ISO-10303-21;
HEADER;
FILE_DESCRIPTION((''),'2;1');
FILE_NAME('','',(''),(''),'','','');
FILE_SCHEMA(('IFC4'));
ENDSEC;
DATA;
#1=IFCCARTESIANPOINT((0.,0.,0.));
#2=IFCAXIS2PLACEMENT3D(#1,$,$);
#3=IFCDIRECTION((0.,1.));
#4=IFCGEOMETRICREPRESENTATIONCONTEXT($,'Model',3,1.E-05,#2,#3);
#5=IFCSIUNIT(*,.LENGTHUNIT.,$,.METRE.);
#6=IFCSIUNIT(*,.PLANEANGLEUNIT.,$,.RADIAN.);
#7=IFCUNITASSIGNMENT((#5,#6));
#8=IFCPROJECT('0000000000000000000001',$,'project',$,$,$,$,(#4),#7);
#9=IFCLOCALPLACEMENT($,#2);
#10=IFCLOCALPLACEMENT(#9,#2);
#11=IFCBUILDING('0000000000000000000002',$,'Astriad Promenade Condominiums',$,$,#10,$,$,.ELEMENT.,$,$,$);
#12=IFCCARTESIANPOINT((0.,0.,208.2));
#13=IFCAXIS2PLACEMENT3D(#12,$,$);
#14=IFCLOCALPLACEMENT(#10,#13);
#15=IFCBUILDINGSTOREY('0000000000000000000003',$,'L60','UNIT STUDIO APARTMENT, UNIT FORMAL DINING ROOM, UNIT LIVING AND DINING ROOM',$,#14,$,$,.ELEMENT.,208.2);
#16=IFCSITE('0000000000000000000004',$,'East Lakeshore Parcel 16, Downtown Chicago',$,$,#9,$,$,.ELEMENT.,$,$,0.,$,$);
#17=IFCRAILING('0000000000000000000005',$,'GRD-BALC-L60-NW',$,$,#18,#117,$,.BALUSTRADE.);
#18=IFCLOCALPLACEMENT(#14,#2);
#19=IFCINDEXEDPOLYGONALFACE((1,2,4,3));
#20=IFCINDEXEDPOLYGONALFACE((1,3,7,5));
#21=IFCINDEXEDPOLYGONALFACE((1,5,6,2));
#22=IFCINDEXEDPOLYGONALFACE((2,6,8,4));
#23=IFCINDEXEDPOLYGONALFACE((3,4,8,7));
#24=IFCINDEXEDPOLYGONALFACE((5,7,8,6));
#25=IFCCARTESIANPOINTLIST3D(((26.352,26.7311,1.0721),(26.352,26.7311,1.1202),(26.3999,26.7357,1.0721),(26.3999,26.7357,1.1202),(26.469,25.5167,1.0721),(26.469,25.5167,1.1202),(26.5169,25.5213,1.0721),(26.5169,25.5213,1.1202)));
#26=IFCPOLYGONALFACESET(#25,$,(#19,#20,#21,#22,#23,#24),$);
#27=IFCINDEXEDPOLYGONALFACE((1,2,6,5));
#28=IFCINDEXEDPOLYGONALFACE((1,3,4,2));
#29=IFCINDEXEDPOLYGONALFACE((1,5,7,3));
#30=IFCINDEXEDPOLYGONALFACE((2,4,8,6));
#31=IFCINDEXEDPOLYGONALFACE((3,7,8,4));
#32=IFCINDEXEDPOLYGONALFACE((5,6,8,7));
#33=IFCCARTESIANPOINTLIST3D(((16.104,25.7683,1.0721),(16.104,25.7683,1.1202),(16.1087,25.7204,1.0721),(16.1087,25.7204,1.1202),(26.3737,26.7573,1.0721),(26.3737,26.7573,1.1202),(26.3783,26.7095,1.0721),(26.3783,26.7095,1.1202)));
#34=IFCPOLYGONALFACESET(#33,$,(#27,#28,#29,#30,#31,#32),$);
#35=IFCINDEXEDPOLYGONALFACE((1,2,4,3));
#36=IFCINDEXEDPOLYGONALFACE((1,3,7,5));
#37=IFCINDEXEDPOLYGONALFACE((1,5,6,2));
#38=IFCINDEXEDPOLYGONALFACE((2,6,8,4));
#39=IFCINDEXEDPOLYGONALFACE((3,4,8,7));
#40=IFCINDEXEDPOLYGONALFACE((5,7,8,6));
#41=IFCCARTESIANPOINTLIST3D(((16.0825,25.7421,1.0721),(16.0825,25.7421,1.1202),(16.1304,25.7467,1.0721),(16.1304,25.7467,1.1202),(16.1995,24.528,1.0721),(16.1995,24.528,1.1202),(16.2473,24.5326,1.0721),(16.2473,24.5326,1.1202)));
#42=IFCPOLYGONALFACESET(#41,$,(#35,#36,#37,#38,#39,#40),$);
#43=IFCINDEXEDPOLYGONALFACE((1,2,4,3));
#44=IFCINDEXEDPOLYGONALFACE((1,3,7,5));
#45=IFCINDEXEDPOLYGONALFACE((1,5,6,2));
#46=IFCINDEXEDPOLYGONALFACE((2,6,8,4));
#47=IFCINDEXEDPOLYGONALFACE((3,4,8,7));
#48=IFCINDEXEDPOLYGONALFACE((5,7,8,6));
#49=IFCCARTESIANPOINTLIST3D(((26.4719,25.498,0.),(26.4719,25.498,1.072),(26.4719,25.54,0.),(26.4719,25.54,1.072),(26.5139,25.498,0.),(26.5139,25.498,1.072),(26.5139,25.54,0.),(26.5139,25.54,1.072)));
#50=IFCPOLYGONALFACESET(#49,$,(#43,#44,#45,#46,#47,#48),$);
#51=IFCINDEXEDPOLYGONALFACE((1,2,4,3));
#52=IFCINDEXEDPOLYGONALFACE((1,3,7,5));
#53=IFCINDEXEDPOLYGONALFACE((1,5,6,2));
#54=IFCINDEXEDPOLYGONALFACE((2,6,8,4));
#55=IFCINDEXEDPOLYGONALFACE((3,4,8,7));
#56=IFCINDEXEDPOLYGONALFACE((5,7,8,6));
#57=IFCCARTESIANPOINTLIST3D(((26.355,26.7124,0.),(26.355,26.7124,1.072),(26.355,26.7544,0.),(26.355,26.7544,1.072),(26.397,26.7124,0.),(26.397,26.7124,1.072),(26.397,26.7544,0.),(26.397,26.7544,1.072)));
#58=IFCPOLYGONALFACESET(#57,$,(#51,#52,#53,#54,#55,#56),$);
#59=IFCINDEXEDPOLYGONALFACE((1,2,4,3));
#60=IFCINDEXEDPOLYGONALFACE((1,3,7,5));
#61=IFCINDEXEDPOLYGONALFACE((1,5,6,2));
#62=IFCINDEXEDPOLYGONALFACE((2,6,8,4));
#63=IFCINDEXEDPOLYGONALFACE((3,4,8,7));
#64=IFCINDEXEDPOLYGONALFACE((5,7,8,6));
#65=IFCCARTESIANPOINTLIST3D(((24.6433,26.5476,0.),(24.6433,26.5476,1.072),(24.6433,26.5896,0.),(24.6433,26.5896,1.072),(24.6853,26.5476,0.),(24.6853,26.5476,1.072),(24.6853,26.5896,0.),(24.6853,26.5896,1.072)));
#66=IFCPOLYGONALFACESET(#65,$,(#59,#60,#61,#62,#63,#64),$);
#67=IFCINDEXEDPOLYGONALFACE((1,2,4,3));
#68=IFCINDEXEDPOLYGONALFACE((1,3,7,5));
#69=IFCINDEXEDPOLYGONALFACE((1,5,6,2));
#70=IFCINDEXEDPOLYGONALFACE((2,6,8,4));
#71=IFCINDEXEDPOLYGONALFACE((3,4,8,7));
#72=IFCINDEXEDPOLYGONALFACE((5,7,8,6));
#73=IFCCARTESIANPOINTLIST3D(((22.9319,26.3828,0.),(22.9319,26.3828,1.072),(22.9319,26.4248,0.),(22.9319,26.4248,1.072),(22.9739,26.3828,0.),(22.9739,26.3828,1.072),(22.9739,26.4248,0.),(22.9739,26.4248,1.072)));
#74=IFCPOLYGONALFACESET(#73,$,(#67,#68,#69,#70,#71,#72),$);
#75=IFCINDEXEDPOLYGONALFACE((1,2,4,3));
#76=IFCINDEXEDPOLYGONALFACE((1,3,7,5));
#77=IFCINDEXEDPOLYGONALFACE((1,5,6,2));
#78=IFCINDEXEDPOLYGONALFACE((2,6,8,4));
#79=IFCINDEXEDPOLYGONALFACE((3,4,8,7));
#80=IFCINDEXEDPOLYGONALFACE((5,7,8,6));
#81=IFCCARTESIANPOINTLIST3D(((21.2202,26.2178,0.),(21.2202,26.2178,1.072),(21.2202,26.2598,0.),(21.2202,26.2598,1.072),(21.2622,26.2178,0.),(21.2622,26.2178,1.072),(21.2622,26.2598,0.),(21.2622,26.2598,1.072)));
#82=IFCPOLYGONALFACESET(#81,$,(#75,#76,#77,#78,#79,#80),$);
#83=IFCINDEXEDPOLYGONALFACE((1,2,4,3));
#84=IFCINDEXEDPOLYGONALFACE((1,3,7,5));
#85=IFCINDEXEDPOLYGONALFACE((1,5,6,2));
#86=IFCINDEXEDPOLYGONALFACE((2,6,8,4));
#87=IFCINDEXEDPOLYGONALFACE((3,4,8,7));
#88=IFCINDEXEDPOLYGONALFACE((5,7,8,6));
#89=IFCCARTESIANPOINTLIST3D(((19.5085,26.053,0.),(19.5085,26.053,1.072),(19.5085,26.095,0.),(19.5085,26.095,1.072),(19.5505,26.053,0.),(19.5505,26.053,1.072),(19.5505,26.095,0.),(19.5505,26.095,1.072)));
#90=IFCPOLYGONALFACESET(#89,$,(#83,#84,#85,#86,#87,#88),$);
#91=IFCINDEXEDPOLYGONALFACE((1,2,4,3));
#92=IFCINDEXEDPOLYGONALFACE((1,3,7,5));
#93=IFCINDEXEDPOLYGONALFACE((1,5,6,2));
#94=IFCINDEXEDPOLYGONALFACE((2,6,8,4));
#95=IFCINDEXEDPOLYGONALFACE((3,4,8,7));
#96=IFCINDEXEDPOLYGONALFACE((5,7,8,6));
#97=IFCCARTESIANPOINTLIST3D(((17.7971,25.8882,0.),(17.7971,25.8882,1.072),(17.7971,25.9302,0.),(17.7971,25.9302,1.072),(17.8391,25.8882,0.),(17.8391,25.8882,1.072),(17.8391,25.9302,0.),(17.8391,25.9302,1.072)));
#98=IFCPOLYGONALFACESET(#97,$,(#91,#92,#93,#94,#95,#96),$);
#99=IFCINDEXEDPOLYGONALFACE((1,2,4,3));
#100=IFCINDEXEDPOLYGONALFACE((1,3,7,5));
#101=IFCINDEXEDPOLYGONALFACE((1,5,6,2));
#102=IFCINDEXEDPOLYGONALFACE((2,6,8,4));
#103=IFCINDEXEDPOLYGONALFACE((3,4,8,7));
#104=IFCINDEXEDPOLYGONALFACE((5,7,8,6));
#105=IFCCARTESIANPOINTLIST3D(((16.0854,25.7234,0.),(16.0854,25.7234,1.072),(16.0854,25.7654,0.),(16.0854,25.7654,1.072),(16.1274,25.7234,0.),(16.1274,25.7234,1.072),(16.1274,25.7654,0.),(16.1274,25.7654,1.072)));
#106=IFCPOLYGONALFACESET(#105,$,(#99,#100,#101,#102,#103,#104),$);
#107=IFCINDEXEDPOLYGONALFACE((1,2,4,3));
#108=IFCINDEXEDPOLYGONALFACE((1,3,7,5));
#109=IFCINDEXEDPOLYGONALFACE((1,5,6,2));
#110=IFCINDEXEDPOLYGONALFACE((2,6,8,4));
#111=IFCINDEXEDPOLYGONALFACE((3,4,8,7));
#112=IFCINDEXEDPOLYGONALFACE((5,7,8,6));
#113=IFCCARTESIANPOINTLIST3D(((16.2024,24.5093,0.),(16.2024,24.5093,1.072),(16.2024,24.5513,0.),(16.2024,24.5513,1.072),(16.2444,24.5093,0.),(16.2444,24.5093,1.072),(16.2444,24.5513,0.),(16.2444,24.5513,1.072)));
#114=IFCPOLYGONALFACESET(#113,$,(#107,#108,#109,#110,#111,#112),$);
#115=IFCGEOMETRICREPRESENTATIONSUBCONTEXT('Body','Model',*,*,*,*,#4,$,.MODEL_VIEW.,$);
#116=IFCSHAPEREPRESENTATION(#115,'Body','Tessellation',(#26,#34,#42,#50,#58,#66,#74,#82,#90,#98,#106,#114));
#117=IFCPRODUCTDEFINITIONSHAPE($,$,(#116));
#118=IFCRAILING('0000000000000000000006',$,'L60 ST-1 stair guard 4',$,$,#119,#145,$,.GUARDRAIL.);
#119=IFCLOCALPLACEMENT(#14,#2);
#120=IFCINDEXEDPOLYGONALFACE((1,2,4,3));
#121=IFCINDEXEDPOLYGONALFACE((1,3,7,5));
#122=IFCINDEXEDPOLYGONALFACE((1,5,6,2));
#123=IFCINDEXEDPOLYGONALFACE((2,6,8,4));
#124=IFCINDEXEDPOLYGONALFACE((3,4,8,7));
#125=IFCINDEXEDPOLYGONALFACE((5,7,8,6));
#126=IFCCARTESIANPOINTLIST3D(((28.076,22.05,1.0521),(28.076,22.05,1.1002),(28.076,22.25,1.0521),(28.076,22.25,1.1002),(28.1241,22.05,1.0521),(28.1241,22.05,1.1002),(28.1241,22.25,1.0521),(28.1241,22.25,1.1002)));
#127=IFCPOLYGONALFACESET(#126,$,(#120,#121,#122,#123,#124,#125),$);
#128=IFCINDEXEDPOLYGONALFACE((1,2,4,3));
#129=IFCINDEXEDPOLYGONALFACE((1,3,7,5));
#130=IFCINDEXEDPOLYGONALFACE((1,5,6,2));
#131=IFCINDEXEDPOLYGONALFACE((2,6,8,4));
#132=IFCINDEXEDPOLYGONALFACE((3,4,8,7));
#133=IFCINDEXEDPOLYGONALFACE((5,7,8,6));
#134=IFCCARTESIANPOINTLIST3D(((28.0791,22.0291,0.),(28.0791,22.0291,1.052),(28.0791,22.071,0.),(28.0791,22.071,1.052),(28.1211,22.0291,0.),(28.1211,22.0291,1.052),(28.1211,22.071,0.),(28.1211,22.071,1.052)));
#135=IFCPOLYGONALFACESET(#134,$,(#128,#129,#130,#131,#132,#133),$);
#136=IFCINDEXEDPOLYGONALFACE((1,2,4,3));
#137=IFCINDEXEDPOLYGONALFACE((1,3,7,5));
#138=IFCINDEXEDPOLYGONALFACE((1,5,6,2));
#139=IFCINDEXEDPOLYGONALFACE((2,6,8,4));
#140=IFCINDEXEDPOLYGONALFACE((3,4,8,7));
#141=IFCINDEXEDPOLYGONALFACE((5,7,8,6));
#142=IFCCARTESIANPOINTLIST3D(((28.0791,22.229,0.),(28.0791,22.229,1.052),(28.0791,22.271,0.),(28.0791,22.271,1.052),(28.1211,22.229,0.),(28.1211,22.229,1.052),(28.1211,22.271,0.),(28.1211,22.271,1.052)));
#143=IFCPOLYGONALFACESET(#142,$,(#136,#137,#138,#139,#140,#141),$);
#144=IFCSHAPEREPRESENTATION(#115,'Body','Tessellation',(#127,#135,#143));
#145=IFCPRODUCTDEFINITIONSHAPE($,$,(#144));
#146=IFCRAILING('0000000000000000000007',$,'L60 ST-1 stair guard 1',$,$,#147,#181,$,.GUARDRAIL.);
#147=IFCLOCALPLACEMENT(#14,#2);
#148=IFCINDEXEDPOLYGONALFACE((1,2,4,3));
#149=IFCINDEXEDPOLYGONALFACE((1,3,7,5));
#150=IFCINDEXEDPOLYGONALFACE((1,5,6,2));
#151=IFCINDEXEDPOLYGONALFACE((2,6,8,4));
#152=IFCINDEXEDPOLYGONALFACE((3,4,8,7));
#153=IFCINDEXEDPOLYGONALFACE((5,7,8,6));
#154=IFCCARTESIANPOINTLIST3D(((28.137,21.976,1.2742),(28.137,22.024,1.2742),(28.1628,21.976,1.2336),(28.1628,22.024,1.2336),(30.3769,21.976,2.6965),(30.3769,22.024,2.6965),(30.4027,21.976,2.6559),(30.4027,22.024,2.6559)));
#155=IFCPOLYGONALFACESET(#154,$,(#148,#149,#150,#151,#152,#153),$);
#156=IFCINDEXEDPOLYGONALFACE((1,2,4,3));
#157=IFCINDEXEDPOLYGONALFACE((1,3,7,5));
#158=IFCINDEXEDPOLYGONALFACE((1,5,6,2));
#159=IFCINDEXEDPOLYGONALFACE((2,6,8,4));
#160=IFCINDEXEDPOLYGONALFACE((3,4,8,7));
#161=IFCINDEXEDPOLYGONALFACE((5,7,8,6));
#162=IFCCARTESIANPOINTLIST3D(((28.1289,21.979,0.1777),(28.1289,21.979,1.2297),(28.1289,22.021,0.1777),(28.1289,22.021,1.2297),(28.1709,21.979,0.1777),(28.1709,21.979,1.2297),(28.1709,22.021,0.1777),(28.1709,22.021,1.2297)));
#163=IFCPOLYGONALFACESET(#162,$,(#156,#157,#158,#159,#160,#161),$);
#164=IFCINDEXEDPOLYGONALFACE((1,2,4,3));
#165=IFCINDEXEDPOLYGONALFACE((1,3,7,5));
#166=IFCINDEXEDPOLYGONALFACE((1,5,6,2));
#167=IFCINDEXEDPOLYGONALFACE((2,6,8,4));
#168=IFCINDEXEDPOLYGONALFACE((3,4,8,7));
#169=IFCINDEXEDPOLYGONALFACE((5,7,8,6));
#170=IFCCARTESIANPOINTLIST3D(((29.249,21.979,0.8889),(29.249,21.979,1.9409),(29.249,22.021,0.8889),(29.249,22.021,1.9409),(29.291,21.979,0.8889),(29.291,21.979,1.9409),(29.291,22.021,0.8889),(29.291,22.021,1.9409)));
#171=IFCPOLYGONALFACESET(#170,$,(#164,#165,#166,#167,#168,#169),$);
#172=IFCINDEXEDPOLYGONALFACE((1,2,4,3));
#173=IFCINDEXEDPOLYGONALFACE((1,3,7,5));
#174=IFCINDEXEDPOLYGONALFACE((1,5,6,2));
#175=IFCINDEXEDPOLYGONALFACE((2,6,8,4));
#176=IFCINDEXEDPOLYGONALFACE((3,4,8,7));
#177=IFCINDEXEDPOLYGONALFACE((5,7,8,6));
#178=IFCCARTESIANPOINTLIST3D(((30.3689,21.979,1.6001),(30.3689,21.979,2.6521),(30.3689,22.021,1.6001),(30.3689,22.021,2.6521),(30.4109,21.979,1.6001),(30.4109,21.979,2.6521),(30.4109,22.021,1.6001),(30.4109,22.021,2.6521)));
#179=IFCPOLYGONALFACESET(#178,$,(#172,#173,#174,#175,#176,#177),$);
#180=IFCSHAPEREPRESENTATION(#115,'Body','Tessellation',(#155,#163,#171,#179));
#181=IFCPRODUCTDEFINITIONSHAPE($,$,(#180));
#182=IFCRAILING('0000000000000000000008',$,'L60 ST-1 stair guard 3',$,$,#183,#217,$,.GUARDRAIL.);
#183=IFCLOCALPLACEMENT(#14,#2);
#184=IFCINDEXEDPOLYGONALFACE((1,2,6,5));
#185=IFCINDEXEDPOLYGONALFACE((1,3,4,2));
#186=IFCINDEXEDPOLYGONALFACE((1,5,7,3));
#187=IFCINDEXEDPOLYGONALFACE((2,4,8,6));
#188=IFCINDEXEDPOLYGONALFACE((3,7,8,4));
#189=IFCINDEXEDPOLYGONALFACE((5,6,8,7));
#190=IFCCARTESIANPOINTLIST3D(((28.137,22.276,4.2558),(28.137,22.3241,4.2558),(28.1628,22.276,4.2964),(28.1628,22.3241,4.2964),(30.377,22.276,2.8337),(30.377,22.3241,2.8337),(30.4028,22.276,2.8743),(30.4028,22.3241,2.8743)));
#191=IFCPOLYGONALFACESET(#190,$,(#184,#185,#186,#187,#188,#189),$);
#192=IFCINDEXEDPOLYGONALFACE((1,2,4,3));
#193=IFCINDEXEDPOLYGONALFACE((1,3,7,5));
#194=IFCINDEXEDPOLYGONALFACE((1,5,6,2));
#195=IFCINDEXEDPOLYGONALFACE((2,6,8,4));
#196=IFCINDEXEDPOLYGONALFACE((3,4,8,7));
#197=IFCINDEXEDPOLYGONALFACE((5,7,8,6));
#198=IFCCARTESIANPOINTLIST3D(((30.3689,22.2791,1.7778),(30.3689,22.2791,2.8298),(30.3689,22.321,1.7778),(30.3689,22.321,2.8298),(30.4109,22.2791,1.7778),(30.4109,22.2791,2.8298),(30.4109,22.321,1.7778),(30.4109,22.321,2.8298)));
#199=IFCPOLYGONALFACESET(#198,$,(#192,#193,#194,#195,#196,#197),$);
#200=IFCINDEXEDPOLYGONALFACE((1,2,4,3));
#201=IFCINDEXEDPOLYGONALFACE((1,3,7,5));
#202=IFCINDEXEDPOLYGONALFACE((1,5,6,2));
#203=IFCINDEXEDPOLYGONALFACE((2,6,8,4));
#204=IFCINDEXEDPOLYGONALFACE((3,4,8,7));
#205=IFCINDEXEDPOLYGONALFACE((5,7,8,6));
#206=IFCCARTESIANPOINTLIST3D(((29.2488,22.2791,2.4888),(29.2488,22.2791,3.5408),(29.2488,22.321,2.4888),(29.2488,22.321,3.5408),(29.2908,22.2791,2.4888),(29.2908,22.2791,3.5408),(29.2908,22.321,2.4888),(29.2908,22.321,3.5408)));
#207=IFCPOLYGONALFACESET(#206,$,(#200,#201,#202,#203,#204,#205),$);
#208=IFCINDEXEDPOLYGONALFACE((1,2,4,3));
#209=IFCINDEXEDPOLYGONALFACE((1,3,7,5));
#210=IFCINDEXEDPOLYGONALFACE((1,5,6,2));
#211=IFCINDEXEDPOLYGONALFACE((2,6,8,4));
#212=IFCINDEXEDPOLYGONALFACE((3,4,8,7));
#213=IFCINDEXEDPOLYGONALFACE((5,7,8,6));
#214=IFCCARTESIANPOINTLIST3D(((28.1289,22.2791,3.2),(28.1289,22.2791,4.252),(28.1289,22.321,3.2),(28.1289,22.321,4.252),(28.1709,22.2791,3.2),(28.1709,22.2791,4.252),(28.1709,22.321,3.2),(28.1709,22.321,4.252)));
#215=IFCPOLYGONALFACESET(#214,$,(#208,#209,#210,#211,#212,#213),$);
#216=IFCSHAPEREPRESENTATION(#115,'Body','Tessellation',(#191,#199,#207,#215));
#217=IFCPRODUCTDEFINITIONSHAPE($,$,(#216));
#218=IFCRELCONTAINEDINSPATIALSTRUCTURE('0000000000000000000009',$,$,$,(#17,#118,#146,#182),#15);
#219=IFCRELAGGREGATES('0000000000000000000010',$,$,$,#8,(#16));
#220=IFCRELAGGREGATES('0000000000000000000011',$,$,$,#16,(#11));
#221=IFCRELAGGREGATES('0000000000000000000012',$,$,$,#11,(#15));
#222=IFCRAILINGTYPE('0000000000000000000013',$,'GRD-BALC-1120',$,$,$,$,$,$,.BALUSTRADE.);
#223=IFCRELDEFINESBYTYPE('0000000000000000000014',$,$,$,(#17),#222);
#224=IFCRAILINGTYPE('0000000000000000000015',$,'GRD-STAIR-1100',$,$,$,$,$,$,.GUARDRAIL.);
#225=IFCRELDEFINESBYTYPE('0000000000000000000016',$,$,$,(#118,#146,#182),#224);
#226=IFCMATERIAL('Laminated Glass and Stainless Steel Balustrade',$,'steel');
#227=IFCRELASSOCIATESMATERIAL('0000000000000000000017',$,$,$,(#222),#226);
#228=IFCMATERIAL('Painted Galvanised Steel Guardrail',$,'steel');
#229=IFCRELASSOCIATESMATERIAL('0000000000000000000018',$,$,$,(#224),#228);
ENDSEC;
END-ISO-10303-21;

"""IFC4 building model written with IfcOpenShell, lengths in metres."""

from ifc_helpers import new_model, si_unit, direction, frame, origin, origin_2d, place, context, subcontext, project, spatial, rectangle, extrude, source, transform, mapped, material, type_object, type_shapes, element, save


model = new_model("IFC4")

# Units and contexts
model_context = context("Model", 3, precision=1e-05, world=origin(), true_north=direction((0.0, 1.0)))
body_context = subcontext(model_context, "Body", "Model", "MODEL_VIEW")
ifc_project = project(units=[si_unit("LENGTHUNIT", "METRE"), si_unit("PLANEANGLEUNIT", "RADIAN")], contexts=[model_context])

# Site, building, storey
site_placement = place(None, origin())
site = spatial("IfcSite", under=ifc_project, at=site_placement, Name="East Lakeshore Parcel 16, Downtown Chicago", CompositionType="ELEMENT", RefElevation=0.0)
building_placement = place(site_placement, origin())
building = spatial("IfcBuilding", under=site, at=building_placement, Name="Astriad Promenade Condominiums", CompositionType="ELEMENT")
storey_placement = place(building_placement, frame((0.0, 0.0, 208.2)))
storey = spatial("IfcBuildingStorey", under=building, at=storey_placement, Name="L60", Description="UNIT STUDIO APARTMENT, UNIT FORMAL DINING ROOM, UNIT LIVING AND DINING ROOM", CompositionType="ELEMENT", Elevation=208.2)

# Railings
ifc_material_1 = material(Name="Laminated Glass and Stainless Steel Balustrade", Category="steel")
railing_type_1 = type_object("IfcRailingType", Name="GRD-BALC-1120", PredefinedType="BALUSTRADE", material=ifc_material_1)
shared_shape_1 = source(origin(), body_context, "Body", "SweptSolid", [
    extrude(rectangle(XDim=0.0481, YDim=0.0481, at=origin_2d()), frame((0.0, 0.0, 1.0962), z_axis=(-0.095857, 0.995395, 0.0), x_axis=(-0.995395, -0.095857, 0.0)), (0.0, 0.0, 1.0), 1.22),
    extrude(rectangle(XDim=0.0481, YDim=0.0481, at=origin_2d()), frame((-0.1169, 1.2144, 1.0962), z_axis=(-0.995395, -0.095862, 0.0), x_axis=(0.095862, -0.995395, 0.0)), (0.0, 0.0, 1.0), 10.3171),
    extrude(rectangle(XDim=0.0481, YDim=0.0481, at=origin_2d()), frame((-10.3865, 0.2253, 1.0962), z_axis=(0.095876, -0.995393, 0.0), x_axis=(0.995393, 0.095876, 0.0)), (0.0, 0.0, 1.0), 1.2197),
    extrude(rectangle(XDim=0.042, YDim=0.042, at=origin_2d()), origin(), (0.0, 0.0, 1.0), 1.072),
    extrude(rectangle(XDim=0.042, YDim=0.042, at=origin_2d()), frame((-0.1169, 1.2144, 0.0)), (0.0, 0.0, 1.0), 1.072),
    extrude(rectangle(XDim=0.042, YDim=0.042, at=origin_2d()), frame((-1.8286, 1.0496, 0.0)), (0.0, 0.0, 1.0), 1.072),
    extrude(rectangle(XDim=0.042, YDim=0.042, at=origin_2d()), frame((-3.54, 0.8848, 0.0)), (0.0, 0.0, 1.0), 1.072),
    extrude(rectangle(XDim=0.042, YDim=0.042, at=origin_2d()), frame((-5.2517, 0.7197, 0.0)), (0.0, 0.0, 1.0), 1.072),
    extrude(rectangle(XDim=0.042, YDim=0.042, at=origin_2d()), frame((-6.9634, 0.5549, 0.0)), (0.0, 0.0, 1.0), 1.072),
    extrude(rectangle(XDim=0.042, YDim=0.042, at=origin_2d()), frame((-8.6748, 0.3901, 0.0)), (0.0, 0.0, 1.0), 1.072),
    extrude(rectangle(XDim=0.042, YDim=0.042, at=origin_2d()), frame((-10.3865, 0.2253, 0.0)), (0.0, 0.0, 1.0), 1.072),
    extrude(rectangle(XDim=0.042, YDim=0.042, at=origin_2d()), frame((-10.2695, -0.9888, 0.0)), (0.0, 0.0, 1.0), 1.072),
])
type_shapes(railing_type_1, [shared_shape_1])
railing_1_placement = place(storey_placement, frame((26.4929, 25.519, 0.0)))
element("IfcRailing", 1, at=railing_1_placement, inside=storey, type_object=railing_type_1, Name="GRD-BALC-L60-NW", PredefinedType="BALUSTRADE", context=body_context, shape_type="MappedRepresentation", body=[
    mapped(shared_shape_1, transform((0.0, 0.0, 0.0), scale=1.0)),
])
ifc_material_2 = material(Name="Painted Galvanised Steel Guardrail", Category="steel")
railing_type_2 = type_object("IfcRailingType", Name="GRD-STAIR-1100", PredefinedType="GUARDRAIL", material=ifc_material_2)
shared_shape_2 = source(origin(), body_context, "Body", "SweptSolid", [
    extrude(rectangle(XDim=0.0481, YDim=0.0481, at=origin_2d()), frame((0.0, 0.0, 1.0762), z_axis=(0.0, 1.0, 0.0), x_axis=(-1.0, 0.0, 0.0)), (0.0, 0.0, 1.0), 0.2),
    extrude(rectangle(XDim=0.042, YDim=0.042, at=origin_2d()), origin(), (0.0, 0.0, 1.0), 1.052),
    extrude(rectangle(XDim=0.042, YDim=0.042, at=origin_2d()), frame((0.0, 0.2, 0.0)), (0.0, 0.0, 1.0), 1.052),
])
railing_2_placement = place(storey_placement, frame((28.1001, 22.05, 0.0)))
element("IfcRailing", 2, at=railing_2_placement, inside=storey, type_object=railing_type_2, Name="L60 ST-1 stair guard 4", PredefinedType="GUARDRAIL", context=body_context, shape_type="MappedRepresentation", body=[
    mapped(shared_shape_2, transform((0.0, 0.0, 0.0), scale=1.0)),
])
shared_shape_3 = source(origin(), body_context, "Body", "SweptSolid", [
    extrude(rectangle(XDim=0.0481, YDim=0.0481, at=origin_2d()), frame((0.0, 0.0, 1.0762), z_axis=(0.844188, 0.0, 0.536048), x_axis=(0.0, 1.0, 0.0)), (0.0, 0.0, 1.0), 2.6533),
    extrude(rectangle(XDim=0.042, YDim=0.042, at=origin_2d()), origin(), (0.0, 0.0, 1.0), 1.052),
    extrude(rectangle(XDim=0.042, YDim=0.042, at=origin_2d()), frame((1.1201, 0.0, 0.7112)), (0.0, 0.0, 1.0), 1.052),
    extrude(rectangle(XDim=0.042, YDim=0.042, at=origin_2d()), frame((2.24, 0.0, 1.4224)), (0.0, 0.0, 1.0), 1.052),
])
railing_3_placement = place(storey_placement, frame((28.1499, 22.0, 0.1777)))
element("IfcRailing", 3, at=railing_3_placement, inside=storey, type_object=railing_type_2, Name="L60 ST-1 stair guard 1", PredefinedType="GUARDRAIL", context=body_context, shape_type="MappedRepresentation", body=[
    mapped(shared_shape_3, transform((0.0, 0.0, 0.0), scale=1.0)),
])
shared_shape_4 = source(origin(), body_context, "Body", "SweptSolid", [
    extrude(rectangle(XDim=0.0481, YDim=0.0481, at=origin_2d()), frame((0.0, 0.0, 1.0762), z_axis=(-0.844229, 0.0, 0.535982), x_axis=(0.0, -1.0, 0.0)), (0.0, 0.0, 1.0), 2.6533),
    extrude(rectangle(XDim=0.042, YDim=0.042, at=origin_2d()), origin(), (0.0, 0.0, 1.0), 1.052),
    extrude(rectangle(XDim=0.042, YDim=0.042, at=origin_2d()), frame((-1.1201, 0.0, 0.7109)), (0.0, 0.0, 1.0), 1.052),
    extrude(rectangle(XDim=0.042, YDim=0.042, at=origin_2d()), frame((-2.24, 0.0, 1.4221)), (0.0, 0.0, 1.0), 1.052),
])
type_shapes(railing_type_2, [shared_shape_2, shared_shape_3, shared_shape_4])
railing_4_placement = place(storey_placement, frame((30.3899, 22.3, 1.7778)))
element("IfcRailing", 4, at=railing_4_placement, inside=storey, type_object=railing_type_2, Name="L60 ST-1 stair guard 3", PredefinedType="GUARDRAIL", context=body_context, shape_type="MappedRepresentation", body=[
    mapped(shared_shape_4, transform((0.0, 0.0, 0.0), scale=1.0)),
])

save(model, "model.ifc")
